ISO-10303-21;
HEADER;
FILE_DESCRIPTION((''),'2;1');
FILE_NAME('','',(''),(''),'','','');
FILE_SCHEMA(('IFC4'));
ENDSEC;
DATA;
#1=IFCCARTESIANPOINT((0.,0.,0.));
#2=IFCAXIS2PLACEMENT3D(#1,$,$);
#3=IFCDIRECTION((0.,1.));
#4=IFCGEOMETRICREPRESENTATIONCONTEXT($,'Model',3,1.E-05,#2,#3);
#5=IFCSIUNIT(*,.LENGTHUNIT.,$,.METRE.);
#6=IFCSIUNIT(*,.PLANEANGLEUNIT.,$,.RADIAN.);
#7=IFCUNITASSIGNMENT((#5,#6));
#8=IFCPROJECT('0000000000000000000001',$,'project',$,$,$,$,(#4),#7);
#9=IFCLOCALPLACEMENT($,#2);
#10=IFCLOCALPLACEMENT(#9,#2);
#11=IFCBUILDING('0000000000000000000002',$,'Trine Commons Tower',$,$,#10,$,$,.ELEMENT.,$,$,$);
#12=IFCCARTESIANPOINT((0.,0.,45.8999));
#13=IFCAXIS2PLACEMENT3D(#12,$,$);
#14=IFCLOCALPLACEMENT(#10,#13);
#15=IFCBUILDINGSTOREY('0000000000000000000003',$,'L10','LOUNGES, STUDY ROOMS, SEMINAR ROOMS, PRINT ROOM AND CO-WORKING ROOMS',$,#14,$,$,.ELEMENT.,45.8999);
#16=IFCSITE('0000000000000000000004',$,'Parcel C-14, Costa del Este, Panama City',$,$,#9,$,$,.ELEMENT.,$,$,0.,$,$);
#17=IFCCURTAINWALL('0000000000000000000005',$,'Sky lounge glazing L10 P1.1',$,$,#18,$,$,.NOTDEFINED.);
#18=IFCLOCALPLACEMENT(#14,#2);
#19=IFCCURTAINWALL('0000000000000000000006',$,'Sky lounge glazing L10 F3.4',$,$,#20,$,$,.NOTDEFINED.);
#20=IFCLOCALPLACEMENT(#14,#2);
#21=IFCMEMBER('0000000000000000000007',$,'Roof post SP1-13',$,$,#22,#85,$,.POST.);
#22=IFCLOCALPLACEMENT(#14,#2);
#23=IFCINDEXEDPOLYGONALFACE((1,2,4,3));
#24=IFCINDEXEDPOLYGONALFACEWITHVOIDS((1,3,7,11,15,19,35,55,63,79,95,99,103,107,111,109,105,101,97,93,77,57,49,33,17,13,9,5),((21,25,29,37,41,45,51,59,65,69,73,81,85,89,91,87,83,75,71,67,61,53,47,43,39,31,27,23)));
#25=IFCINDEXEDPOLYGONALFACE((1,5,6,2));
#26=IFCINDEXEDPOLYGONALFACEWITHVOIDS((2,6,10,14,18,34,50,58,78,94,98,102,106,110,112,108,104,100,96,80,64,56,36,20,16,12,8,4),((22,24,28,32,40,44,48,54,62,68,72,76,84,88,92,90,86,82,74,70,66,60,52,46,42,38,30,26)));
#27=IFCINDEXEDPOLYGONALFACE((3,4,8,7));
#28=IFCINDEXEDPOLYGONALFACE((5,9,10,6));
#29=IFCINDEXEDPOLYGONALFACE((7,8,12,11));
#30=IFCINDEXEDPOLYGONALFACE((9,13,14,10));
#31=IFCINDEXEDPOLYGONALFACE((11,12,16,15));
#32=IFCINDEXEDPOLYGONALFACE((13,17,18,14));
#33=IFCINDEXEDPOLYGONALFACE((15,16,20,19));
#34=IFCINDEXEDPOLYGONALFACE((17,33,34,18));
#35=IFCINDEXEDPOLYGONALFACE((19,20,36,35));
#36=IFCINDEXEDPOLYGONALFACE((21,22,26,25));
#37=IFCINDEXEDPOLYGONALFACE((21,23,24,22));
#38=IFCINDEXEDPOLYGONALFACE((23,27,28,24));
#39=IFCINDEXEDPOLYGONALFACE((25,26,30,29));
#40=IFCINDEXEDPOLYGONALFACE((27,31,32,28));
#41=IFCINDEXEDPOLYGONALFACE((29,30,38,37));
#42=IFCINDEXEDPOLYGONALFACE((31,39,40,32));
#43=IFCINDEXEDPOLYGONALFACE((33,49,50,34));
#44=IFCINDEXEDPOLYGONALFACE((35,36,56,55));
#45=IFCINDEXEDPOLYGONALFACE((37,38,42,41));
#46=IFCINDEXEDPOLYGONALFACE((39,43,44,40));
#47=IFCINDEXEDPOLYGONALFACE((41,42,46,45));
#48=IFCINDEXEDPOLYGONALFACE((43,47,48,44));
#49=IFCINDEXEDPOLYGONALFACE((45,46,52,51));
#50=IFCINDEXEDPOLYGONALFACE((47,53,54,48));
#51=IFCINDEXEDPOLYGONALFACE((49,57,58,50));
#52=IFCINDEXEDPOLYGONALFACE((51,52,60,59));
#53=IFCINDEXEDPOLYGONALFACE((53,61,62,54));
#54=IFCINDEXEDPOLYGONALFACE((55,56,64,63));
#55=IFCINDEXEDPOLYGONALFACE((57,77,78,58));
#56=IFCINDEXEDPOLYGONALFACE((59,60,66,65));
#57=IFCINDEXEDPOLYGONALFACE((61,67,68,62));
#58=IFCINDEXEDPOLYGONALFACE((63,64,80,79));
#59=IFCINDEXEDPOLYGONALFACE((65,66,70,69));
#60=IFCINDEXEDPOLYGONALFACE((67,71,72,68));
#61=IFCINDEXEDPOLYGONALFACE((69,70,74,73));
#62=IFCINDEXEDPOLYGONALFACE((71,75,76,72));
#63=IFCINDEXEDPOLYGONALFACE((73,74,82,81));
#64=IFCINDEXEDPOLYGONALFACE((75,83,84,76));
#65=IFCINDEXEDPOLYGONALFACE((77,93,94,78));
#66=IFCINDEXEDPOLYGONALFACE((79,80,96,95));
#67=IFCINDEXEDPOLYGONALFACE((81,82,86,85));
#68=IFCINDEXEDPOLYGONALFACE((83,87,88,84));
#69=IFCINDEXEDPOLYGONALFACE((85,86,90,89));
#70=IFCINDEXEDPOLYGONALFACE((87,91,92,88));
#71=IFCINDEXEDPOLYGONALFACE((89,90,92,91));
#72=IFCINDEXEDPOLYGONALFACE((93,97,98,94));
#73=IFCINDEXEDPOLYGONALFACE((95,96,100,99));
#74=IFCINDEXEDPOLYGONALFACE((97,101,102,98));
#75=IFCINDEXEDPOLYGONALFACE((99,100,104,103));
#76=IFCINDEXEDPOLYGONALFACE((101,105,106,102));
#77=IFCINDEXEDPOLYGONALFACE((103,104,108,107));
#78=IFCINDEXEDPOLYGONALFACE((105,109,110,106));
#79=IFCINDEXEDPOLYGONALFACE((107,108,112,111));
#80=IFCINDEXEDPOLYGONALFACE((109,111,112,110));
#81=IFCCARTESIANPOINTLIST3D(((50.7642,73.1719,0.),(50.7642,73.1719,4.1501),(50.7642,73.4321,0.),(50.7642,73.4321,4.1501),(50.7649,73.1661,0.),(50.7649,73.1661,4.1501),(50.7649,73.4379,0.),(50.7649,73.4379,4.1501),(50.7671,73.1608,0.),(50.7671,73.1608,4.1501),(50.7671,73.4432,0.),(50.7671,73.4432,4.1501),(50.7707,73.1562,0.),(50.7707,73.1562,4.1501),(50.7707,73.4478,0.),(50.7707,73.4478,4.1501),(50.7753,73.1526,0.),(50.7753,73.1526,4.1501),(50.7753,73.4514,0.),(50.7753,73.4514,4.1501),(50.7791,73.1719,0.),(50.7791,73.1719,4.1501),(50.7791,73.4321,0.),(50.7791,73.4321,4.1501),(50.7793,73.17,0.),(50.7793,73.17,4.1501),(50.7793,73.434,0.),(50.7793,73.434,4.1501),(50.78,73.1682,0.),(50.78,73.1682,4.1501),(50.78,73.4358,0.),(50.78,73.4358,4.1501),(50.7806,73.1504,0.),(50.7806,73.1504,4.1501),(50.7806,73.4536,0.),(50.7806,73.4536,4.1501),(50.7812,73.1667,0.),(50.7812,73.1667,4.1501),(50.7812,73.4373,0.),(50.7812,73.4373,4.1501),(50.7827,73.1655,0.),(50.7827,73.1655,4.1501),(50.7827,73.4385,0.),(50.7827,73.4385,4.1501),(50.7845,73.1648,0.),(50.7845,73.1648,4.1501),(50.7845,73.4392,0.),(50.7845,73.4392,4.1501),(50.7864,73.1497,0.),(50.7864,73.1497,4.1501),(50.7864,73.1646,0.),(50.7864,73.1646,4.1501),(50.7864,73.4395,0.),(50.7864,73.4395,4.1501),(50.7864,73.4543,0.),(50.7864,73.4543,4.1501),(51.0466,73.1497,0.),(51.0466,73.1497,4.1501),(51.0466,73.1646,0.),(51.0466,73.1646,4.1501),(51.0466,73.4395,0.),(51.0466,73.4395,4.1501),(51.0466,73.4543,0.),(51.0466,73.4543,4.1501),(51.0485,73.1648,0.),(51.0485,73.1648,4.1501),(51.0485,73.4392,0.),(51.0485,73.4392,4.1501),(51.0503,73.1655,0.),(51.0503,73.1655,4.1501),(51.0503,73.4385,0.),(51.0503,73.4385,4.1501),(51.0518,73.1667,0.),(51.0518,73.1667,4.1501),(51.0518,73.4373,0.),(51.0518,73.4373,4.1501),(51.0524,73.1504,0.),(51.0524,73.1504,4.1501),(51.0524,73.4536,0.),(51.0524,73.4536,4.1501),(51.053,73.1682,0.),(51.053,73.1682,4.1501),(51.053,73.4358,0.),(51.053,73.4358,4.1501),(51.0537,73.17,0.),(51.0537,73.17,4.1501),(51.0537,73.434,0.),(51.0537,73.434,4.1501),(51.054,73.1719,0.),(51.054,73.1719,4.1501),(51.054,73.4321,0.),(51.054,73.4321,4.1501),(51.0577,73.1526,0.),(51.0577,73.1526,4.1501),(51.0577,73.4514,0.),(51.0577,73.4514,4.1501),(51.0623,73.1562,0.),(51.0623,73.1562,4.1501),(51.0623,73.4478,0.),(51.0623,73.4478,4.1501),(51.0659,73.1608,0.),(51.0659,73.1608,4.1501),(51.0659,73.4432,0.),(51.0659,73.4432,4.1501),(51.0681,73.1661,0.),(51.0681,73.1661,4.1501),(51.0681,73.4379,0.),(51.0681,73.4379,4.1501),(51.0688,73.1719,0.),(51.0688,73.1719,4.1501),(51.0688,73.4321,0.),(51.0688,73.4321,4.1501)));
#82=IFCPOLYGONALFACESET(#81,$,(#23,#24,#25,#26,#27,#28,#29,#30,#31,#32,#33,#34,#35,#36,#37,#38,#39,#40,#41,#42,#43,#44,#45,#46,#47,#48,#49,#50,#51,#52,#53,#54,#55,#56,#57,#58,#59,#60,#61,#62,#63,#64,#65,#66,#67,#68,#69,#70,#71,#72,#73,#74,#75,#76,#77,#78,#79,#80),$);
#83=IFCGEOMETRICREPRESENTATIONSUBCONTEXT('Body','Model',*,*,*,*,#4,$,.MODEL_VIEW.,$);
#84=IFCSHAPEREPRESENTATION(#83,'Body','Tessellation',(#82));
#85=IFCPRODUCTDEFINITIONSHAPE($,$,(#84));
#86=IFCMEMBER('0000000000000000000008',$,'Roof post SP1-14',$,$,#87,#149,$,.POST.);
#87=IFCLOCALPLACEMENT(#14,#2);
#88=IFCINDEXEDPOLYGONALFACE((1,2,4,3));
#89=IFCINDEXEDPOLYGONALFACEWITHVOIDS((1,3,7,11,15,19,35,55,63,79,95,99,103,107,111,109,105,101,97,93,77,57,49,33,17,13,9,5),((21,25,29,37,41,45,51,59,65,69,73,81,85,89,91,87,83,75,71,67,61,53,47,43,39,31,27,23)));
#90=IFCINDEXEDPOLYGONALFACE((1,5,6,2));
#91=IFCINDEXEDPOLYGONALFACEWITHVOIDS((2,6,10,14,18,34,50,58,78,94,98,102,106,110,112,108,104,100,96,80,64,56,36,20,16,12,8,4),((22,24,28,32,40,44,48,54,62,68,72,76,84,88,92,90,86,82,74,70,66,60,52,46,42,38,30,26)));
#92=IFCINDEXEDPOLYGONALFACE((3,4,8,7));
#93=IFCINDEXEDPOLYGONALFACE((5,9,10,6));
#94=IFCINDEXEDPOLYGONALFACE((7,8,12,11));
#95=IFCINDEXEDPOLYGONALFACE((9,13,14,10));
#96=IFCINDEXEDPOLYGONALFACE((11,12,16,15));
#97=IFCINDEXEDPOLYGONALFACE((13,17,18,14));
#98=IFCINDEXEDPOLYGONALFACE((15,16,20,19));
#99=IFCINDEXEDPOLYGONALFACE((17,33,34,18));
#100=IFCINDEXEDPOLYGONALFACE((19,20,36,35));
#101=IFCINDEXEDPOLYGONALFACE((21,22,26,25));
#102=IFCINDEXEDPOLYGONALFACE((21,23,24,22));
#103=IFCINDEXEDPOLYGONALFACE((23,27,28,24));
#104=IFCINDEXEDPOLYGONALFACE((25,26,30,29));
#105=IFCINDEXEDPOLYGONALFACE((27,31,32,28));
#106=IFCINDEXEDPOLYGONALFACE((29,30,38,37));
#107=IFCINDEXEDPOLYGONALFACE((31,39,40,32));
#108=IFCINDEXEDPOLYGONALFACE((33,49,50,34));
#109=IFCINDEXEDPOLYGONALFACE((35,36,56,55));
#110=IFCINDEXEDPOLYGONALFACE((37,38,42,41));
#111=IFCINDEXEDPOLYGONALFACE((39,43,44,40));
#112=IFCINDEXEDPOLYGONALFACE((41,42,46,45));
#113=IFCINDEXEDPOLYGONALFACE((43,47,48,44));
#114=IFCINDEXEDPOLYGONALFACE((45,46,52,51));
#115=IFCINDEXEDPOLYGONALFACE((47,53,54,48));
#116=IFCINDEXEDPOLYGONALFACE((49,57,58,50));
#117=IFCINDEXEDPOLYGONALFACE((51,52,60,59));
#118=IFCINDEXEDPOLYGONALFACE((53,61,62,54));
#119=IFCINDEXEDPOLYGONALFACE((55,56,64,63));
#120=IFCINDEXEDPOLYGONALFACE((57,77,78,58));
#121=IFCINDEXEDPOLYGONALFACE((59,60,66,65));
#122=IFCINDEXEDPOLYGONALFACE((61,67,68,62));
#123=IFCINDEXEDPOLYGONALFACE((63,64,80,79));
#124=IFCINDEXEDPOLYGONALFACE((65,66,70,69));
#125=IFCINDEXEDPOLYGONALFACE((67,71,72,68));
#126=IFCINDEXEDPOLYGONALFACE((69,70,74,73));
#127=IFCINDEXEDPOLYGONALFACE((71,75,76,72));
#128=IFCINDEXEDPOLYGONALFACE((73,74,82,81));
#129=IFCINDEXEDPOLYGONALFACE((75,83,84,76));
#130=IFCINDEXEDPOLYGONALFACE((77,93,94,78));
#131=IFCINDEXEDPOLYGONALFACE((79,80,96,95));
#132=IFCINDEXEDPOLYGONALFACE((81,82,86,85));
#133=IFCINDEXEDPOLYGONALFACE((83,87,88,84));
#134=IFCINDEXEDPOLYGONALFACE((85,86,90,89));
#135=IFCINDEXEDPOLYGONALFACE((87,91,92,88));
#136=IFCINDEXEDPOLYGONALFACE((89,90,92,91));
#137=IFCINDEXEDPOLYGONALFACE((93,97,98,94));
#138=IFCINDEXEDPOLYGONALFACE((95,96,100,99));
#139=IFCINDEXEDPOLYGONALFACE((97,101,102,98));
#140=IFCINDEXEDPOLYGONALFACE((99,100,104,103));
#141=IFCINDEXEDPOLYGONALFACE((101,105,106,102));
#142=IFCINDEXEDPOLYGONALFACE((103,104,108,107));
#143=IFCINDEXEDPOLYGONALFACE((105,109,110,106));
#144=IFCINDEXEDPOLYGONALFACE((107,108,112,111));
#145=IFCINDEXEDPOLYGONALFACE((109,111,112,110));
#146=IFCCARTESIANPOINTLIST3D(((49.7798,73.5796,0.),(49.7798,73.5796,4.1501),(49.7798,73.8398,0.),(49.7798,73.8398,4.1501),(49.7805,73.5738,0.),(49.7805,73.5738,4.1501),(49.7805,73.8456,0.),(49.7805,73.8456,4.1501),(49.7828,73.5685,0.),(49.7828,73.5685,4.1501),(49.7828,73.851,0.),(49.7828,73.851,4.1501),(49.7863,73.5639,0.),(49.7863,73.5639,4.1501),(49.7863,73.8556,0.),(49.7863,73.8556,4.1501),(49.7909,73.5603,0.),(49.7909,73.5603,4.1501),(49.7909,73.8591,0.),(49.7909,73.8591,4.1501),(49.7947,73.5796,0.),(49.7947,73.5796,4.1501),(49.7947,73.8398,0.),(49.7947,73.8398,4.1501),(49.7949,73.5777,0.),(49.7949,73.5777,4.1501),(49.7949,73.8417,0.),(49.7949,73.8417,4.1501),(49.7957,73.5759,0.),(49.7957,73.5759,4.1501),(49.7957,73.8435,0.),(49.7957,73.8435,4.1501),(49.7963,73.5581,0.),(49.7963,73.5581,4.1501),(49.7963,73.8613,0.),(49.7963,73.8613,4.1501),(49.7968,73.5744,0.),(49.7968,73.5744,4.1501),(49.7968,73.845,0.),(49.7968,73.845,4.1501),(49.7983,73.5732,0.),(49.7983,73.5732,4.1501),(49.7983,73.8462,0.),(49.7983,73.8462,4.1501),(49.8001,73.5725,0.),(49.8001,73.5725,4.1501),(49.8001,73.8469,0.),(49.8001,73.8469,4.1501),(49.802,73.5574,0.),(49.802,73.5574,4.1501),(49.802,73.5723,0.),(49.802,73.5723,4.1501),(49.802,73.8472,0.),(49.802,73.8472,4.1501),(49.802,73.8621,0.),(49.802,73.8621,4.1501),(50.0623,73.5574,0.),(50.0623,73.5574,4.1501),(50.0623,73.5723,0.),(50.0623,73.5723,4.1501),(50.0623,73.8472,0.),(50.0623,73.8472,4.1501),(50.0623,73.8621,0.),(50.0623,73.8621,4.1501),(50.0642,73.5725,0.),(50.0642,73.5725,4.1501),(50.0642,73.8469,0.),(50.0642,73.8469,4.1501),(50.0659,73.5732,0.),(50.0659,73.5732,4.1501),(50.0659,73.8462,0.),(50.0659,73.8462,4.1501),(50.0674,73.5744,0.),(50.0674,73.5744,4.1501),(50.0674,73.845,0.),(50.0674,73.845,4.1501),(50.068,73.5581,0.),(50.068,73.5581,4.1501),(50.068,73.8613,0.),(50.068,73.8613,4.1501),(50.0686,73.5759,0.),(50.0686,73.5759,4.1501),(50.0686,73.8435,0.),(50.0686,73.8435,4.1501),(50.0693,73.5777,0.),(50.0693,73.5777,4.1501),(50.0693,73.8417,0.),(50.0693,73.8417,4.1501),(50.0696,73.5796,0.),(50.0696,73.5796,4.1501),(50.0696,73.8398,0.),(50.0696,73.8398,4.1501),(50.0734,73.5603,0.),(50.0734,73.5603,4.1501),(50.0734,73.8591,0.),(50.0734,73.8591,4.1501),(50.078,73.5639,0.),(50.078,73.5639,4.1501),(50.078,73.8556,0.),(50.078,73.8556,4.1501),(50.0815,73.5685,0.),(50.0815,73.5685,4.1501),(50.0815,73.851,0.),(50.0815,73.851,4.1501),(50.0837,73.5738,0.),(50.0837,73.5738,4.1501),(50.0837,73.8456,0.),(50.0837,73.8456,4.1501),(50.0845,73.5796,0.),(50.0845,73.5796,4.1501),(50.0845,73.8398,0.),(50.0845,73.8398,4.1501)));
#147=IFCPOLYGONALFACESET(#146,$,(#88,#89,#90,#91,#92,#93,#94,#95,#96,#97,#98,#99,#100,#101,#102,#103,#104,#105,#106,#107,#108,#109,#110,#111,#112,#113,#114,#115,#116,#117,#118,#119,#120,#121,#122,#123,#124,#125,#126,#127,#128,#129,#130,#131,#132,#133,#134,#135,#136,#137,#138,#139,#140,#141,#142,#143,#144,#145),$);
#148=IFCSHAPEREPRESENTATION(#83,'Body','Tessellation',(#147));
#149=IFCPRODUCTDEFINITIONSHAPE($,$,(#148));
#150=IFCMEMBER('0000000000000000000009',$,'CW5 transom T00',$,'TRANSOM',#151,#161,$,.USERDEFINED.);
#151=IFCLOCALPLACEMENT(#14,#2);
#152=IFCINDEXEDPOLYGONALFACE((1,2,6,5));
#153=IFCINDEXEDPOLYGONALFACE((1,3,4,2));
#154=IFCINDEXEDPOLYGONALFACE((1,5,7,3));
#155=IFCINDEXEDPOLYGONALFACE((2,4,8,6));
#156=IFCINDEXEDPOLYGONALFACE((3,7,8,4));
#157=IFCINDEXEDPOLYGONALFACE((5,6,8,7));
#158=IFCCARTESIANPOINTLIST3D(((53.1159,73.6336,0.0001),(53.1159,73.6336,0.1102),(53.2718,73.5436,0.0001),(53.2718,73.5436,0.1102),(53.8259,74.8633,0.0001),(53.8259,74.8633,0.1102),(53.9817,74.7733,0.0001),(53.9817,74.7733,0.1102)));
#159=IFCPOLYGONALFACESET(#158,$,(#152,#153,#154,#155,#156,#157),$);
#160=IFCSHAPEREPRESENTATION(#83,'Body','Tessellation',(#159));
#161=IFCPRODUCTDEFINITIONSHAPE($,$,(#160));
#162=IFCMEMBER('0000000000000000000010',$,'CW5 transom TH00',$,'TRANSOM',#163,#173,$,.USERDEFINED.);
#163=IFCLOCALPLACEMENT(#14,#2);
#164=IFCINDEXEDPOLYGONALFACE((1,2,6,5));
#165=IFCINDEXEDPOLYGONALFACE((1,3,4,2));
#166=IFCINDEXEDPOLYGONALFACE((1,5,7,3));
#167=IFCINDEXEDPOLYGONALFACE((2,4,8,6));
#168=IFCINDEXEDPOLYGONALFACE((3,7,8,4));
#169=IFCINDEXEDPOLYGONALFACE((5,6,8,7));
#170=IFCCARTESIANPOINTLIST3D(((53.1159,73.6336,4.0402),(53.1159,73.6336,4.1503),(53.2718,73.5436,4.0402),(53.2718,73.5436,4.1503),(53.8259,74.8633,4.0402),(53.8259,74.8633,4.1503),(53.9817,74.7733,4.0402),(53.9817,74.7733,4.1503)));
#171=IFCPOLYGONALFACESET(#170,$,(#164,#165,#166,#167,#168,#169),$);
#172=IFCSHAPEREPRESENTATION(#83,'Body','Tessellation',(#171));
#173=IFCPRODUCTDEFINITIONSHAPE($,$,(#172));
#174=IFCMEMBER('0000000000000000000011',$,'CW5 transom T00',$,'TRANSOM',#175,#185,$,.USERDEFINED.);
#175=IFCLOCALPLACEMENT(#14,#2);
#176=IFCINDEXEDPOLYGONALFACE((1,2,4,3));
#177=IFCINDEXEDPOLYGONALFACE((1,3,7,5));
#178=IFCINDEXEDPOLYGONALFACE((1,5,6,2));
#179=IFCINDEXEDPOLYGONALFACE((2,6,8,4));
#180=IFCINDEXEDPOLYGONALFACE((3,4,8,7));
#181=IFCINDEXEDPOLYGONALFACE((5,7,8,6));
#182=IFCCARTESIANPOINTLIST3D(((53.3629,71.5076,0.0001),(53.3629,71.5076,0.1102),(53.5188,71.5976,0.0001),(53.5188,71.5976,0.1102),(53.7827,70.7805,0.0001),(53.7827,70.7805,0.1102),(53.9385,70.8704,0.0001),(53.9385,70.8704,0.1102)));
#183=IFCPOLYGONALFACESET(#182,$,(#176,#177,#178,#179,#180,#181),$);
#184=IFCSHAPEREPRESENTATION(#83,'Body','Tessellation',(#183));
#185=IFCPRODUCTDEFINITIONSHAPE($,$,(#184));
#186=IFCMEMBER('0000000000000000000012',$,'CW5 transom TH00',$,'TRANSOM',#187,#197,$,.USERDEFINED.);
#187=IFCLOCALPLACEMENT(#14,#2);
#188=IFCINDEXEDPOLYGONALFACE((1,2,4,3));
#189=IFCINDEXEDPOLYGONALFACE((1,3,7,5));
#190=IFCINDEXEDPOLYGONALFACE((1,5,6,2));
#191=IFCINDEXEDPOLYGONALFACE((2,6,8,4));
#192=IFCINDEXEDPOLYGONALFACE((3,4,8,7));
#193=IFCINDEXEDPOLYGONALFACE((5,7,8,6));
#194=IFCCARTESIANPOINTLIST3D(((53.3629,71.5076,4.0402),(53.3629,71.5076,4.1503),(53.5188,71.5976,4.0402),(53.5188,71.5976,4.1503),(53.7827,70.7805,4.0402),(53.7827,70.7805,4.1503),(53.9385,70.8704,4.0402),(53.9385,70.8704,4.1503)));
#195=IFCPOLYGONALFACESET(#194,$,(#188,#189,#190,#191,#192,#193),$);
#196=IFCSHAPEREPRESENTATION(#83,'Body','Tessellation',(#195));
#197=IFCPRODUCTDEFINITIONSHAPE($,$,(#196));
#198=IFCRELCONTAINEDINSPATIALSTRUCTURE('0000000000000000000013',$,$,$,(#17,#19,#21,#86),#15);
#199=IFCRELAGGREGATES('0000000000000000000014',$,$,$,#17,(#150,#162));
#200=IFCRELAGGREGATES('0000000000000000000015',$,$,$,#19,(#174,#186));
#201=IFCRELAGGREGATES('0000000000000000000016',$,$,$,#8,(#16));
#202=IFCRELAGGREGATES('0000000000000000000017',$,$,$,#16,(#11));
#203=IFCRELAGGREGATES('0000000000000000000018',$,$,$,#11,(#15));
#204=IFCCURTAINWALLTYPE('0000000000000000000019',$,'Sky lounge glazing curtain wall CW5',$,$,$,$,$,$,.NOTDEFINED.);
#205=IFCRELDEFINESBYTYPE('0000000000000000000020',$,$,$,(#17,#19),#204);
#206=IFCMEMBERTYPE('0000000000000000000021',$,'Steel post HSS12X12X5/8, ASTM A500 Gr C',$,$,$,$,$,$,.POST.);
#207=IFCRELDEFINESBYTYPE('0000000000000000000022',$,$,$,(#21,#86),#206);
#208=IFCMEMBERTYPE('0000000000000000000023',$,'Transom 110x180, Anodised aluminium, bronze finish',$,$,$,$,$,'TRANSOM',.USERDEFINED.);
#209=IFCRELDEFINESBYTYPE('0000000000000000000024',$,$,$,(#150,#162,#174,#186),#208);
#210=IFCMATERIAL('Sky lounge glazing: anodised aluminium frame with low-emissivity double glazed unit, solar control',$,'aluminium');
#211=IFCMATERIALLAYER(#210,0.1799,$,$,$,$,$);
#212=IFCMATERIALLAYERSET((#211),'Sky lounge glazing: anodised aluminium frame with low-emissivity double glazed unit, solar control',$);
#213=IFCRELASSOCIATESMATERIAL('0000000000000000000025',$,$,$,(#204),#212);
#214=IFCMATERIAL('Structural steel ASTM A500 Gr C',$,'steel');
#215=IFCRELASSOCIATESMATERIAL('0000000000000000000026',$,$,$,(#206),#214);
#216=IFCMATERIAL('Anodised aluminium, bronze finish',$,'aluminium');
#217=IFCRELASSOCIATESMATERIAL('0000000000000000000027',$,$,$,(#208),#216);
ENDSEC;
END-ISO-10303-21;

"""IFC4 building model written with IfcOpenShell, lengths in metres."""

from ifc_helpers import new_model, si_unit, direction, frame, origin, origin_2d, place, context, subcontext, project, spatial, rectangle, hollow_rectangle, extrude, material, layer, layer_set, material_profile, profile_set, type_object, element, aggregate, save


model = new_model("IFC4")

# Units and contexts
model_context = context("Model", 3, precision=1e-05, world=origin(), true_north=direction((0.0, 1.0)))
body_context = subcontext(model_context, "Body", "Model", "MODEL_VIEW")
ifc_project = project(units=[si_unit("LENGTHUNIT", "METRE"), si_unit("PLANEANGLEUNIT", "RADIAN")], contexts=[model_context])

# Site, building, storey
site_placement = place(None, origin())
site = spatial("IfcSite", under=ifc_project, at=site_placement, Name="Parcel C-14, Costa del Este, Panama City", CompositionType="ELEMENT", RefElevation=0.0)
building_placement = place(site_placement, origin())
building = spatial("IfcBuilding", under=site, at=building_placement, Name="Trine Commons Tower", CompositionType="ELEMENT")
storey_placement = place(building_placement, frame((0.0, 0.0, 45.8999)))
storey = spatial("IfcBuildingStorey", under=building, at=storey_placement, Name="L10", Description="LOUNGES, STUDY ROOMS, SEMINAR ROOMS, PRINT ROOM AND CO-WORKING ROOMS", CompositionType="ELEMENT", Elevation=45.8999)

# Curtain wall
ifc_material_1 = material(Name="Sky lounge glazing: anodised aluminium frame with low-emissivity double glazed unit, solar control", Category="aluminium")
ifc_layer_1 = layer(ifc_material_1, 0.1799)
ifc_layer_set_1 = layer_set([ifc_layer_1], Name="Sky lounge glazing: anodised aluminium frame with low-emissivity double glazed unit, solar control")
curtain_wall_type = type_object("IfcCurtainWallType", Name="Sky lounge glazing curtain wall CW5", PredefinedType="NOTDEFINED", material=ifc_layer_set_1)
curtain_wall_1_placement = place(storey_placement, origin())
curtain_wall_1 = element("IfcCurtainWall", 1, at=curtain_wall_1_placement, inside=storey, type_object=curtain_wall_type, Name="Sky lounge glazing L10 P1.1", PredefinedType="NOTDEFINED")
ifc_material_2 = material(Name="Anodised aluminium, bronze finish", Category="aluminium")

# Curtain wall
curtain_wall_2_placement = place(storey_placement, origin())
curtain_wall_2 = element("IfcCurtainWall", 2, at=curtain_wall_2_placement, inside=storey, type_object=curtain_wall_type, Name="Sky lounge glazing L10 F3.4", PredefinedType="NOTDEFINED")

# Members
ifc_material_3 = material(Name="Structural steel ASTM A500 Gr C", Category="steel")
ifc_material_profile_1 = material_profile(ifc_material_3, hollow_rectangle(XDim=0.3047, YDim=0.3047, WallThickness=0.0149, InnerFilletRadius=0.0073, OuterFilletRadius=0.0222, at=origin_2d()), Name="HSS12X12X5/8")
ifc_profile_set_1 = profile_set([ifc_material_profile_1], Name="Structural steel ASTM A500 Gr C")
member_type_1 = type_object("IfcMemberType", Name="Steel post HSS12X12X5/8, ASTM A500 Gr C", PredefinedType="POST", material=ifc_profile_set_1)
for number, where, z_axis, x_axis, name in (
    (3, (50.9165, 73.302, 0.0), (0.0, 0.0, 1.0), (1.0, 0.0, 0.0), "Roof post SP1-13"),
    (4, (49.9321, 73.7097, 0.0), (0.0, 0.0, 1.0), (1.0, 0.0, 0.0), "Roof post SP1-14"),
):
    element("IfcMember", number, at=place(storey_placement, frame(where, z_axis=z_axis, x_axis=x_axis)), inside=storey, type_object=member_type_1, Name=name, PredefinedType="POST", context=body_context, shape_type="SweptSolid", body=[
        extrude(hollow_rectangle(XDim=0.3047, YDim=0.3047, WallThickness=0.0149, InnerFilletRadius=0.0073, OuterFilletRadius=0.0222, at=origin_2d()), origin(), (0.0, 0.0, 1.0), 4.1501),
    ])

# Members
ifc_material_profile_2 = material_profile(ifc_material_2, rectangle(XDim=0.1799, YDim=0.1101, at=origin_2d()), Name="Transom 110x180")
ifc_profile_set_2 = profile_set([ifc_material_profile_2], Name="Anodised aluminium, bronze finish")
member_type_2 = type_object("IfcMemberType", Name="Transom 110x180, Anodised aluminium, bronze finish", ElementType="TRANSOM", PredefinedType="USERDEFINED", material=ifc_profile_set_2)
member_1_placement = place(storey_placement, frame((53.1938, 73.5886, 0.0552), z_axis=(0.499985, 0.866034, 0.0), x_axis=(-0.866034, 0.499985, 0.0)))
member_1 = element("IfcMember", 5, at=member_1_placement, type_object=member_type_2, Name="CW5 transom T00", ObjectType="TRANSOM", PredefinedType="USERDEFINED", context=body_context, shape_type="SweptSolid", body=[
    extrude(rectangle(XDim=0.1799, YDim=0.1101, at=origin_2d()), origin(), (0.0, 0.0, 1.0), 1.4199),
])
member_2_placement = place(storey_placement, frame((53.1938, 73.5886, 4.0952), z_axis=(0.499985, 0.866034, 0.0), x_axis=(-0.866034, 0.499985, 0.0)))
member_2 = element("IfcMember", 6, at=member_2_placement, type_object=member_type_2, Name="CW5 transom TH00", ObjectType="TRANSOM", PredefinedType="USERDEFINED", context=body_context, shape_type="SweptSolid", body=[
    extrude(rectangle(XDim=0.1799, YDim=0.1101, at=origin_2d()), origin(), (0.0, 0.0, 1.0), 1.4199),
])
aggregate(curtain_wall_1, [member_1, member_2])
member_3_placement = place(storey_placement, frame((53.8606, 70.8254, 0.0552), z_axis=(-0.499924, 0.866069, 0.0), x_axis=(-0.866069, -0.499924, 0.0)))
member_3 = element("IfcMember", 7, at=member_3_placement, type_object=member_type_2, Name="CW5 transom T00", ObjectType="TRANSOM", PredefinedType="USERDEFINED", context=body_context, shape_type="SweptSolid", body=[
    extrude(rectangle(XDim=0.1799, YDim=0.1101, at=origin_2d()), origin(), (0.0, 0.0, 1.0), 0.8396),
])
member_4_placement = place(storey_placement, frame((53.8606, 70.8254, 4.0952), z_axis=(-0.499924, 0.866069, 0.0), x_axis=(-0.866069, -0.499924, 0.0)))
member_4 = element("IfcMember", 8, at=member_4_placement, type_object=member_type_2, Name="CW5 transom TH00", ObjectType="TRANSOM", PredefinedType="USERDEFINED", context=body_context, shape_type="SweptSolid", body=[
    extrude(rectangle(XDim=0.1799, YDim=0.1101, at=origin_2d()), origin(), (0.0, 0.0, 1.0), 0.8396),
])

aggregate(curtain_wall_2, [member_3, member_4])

save(model, "model.ifc")
